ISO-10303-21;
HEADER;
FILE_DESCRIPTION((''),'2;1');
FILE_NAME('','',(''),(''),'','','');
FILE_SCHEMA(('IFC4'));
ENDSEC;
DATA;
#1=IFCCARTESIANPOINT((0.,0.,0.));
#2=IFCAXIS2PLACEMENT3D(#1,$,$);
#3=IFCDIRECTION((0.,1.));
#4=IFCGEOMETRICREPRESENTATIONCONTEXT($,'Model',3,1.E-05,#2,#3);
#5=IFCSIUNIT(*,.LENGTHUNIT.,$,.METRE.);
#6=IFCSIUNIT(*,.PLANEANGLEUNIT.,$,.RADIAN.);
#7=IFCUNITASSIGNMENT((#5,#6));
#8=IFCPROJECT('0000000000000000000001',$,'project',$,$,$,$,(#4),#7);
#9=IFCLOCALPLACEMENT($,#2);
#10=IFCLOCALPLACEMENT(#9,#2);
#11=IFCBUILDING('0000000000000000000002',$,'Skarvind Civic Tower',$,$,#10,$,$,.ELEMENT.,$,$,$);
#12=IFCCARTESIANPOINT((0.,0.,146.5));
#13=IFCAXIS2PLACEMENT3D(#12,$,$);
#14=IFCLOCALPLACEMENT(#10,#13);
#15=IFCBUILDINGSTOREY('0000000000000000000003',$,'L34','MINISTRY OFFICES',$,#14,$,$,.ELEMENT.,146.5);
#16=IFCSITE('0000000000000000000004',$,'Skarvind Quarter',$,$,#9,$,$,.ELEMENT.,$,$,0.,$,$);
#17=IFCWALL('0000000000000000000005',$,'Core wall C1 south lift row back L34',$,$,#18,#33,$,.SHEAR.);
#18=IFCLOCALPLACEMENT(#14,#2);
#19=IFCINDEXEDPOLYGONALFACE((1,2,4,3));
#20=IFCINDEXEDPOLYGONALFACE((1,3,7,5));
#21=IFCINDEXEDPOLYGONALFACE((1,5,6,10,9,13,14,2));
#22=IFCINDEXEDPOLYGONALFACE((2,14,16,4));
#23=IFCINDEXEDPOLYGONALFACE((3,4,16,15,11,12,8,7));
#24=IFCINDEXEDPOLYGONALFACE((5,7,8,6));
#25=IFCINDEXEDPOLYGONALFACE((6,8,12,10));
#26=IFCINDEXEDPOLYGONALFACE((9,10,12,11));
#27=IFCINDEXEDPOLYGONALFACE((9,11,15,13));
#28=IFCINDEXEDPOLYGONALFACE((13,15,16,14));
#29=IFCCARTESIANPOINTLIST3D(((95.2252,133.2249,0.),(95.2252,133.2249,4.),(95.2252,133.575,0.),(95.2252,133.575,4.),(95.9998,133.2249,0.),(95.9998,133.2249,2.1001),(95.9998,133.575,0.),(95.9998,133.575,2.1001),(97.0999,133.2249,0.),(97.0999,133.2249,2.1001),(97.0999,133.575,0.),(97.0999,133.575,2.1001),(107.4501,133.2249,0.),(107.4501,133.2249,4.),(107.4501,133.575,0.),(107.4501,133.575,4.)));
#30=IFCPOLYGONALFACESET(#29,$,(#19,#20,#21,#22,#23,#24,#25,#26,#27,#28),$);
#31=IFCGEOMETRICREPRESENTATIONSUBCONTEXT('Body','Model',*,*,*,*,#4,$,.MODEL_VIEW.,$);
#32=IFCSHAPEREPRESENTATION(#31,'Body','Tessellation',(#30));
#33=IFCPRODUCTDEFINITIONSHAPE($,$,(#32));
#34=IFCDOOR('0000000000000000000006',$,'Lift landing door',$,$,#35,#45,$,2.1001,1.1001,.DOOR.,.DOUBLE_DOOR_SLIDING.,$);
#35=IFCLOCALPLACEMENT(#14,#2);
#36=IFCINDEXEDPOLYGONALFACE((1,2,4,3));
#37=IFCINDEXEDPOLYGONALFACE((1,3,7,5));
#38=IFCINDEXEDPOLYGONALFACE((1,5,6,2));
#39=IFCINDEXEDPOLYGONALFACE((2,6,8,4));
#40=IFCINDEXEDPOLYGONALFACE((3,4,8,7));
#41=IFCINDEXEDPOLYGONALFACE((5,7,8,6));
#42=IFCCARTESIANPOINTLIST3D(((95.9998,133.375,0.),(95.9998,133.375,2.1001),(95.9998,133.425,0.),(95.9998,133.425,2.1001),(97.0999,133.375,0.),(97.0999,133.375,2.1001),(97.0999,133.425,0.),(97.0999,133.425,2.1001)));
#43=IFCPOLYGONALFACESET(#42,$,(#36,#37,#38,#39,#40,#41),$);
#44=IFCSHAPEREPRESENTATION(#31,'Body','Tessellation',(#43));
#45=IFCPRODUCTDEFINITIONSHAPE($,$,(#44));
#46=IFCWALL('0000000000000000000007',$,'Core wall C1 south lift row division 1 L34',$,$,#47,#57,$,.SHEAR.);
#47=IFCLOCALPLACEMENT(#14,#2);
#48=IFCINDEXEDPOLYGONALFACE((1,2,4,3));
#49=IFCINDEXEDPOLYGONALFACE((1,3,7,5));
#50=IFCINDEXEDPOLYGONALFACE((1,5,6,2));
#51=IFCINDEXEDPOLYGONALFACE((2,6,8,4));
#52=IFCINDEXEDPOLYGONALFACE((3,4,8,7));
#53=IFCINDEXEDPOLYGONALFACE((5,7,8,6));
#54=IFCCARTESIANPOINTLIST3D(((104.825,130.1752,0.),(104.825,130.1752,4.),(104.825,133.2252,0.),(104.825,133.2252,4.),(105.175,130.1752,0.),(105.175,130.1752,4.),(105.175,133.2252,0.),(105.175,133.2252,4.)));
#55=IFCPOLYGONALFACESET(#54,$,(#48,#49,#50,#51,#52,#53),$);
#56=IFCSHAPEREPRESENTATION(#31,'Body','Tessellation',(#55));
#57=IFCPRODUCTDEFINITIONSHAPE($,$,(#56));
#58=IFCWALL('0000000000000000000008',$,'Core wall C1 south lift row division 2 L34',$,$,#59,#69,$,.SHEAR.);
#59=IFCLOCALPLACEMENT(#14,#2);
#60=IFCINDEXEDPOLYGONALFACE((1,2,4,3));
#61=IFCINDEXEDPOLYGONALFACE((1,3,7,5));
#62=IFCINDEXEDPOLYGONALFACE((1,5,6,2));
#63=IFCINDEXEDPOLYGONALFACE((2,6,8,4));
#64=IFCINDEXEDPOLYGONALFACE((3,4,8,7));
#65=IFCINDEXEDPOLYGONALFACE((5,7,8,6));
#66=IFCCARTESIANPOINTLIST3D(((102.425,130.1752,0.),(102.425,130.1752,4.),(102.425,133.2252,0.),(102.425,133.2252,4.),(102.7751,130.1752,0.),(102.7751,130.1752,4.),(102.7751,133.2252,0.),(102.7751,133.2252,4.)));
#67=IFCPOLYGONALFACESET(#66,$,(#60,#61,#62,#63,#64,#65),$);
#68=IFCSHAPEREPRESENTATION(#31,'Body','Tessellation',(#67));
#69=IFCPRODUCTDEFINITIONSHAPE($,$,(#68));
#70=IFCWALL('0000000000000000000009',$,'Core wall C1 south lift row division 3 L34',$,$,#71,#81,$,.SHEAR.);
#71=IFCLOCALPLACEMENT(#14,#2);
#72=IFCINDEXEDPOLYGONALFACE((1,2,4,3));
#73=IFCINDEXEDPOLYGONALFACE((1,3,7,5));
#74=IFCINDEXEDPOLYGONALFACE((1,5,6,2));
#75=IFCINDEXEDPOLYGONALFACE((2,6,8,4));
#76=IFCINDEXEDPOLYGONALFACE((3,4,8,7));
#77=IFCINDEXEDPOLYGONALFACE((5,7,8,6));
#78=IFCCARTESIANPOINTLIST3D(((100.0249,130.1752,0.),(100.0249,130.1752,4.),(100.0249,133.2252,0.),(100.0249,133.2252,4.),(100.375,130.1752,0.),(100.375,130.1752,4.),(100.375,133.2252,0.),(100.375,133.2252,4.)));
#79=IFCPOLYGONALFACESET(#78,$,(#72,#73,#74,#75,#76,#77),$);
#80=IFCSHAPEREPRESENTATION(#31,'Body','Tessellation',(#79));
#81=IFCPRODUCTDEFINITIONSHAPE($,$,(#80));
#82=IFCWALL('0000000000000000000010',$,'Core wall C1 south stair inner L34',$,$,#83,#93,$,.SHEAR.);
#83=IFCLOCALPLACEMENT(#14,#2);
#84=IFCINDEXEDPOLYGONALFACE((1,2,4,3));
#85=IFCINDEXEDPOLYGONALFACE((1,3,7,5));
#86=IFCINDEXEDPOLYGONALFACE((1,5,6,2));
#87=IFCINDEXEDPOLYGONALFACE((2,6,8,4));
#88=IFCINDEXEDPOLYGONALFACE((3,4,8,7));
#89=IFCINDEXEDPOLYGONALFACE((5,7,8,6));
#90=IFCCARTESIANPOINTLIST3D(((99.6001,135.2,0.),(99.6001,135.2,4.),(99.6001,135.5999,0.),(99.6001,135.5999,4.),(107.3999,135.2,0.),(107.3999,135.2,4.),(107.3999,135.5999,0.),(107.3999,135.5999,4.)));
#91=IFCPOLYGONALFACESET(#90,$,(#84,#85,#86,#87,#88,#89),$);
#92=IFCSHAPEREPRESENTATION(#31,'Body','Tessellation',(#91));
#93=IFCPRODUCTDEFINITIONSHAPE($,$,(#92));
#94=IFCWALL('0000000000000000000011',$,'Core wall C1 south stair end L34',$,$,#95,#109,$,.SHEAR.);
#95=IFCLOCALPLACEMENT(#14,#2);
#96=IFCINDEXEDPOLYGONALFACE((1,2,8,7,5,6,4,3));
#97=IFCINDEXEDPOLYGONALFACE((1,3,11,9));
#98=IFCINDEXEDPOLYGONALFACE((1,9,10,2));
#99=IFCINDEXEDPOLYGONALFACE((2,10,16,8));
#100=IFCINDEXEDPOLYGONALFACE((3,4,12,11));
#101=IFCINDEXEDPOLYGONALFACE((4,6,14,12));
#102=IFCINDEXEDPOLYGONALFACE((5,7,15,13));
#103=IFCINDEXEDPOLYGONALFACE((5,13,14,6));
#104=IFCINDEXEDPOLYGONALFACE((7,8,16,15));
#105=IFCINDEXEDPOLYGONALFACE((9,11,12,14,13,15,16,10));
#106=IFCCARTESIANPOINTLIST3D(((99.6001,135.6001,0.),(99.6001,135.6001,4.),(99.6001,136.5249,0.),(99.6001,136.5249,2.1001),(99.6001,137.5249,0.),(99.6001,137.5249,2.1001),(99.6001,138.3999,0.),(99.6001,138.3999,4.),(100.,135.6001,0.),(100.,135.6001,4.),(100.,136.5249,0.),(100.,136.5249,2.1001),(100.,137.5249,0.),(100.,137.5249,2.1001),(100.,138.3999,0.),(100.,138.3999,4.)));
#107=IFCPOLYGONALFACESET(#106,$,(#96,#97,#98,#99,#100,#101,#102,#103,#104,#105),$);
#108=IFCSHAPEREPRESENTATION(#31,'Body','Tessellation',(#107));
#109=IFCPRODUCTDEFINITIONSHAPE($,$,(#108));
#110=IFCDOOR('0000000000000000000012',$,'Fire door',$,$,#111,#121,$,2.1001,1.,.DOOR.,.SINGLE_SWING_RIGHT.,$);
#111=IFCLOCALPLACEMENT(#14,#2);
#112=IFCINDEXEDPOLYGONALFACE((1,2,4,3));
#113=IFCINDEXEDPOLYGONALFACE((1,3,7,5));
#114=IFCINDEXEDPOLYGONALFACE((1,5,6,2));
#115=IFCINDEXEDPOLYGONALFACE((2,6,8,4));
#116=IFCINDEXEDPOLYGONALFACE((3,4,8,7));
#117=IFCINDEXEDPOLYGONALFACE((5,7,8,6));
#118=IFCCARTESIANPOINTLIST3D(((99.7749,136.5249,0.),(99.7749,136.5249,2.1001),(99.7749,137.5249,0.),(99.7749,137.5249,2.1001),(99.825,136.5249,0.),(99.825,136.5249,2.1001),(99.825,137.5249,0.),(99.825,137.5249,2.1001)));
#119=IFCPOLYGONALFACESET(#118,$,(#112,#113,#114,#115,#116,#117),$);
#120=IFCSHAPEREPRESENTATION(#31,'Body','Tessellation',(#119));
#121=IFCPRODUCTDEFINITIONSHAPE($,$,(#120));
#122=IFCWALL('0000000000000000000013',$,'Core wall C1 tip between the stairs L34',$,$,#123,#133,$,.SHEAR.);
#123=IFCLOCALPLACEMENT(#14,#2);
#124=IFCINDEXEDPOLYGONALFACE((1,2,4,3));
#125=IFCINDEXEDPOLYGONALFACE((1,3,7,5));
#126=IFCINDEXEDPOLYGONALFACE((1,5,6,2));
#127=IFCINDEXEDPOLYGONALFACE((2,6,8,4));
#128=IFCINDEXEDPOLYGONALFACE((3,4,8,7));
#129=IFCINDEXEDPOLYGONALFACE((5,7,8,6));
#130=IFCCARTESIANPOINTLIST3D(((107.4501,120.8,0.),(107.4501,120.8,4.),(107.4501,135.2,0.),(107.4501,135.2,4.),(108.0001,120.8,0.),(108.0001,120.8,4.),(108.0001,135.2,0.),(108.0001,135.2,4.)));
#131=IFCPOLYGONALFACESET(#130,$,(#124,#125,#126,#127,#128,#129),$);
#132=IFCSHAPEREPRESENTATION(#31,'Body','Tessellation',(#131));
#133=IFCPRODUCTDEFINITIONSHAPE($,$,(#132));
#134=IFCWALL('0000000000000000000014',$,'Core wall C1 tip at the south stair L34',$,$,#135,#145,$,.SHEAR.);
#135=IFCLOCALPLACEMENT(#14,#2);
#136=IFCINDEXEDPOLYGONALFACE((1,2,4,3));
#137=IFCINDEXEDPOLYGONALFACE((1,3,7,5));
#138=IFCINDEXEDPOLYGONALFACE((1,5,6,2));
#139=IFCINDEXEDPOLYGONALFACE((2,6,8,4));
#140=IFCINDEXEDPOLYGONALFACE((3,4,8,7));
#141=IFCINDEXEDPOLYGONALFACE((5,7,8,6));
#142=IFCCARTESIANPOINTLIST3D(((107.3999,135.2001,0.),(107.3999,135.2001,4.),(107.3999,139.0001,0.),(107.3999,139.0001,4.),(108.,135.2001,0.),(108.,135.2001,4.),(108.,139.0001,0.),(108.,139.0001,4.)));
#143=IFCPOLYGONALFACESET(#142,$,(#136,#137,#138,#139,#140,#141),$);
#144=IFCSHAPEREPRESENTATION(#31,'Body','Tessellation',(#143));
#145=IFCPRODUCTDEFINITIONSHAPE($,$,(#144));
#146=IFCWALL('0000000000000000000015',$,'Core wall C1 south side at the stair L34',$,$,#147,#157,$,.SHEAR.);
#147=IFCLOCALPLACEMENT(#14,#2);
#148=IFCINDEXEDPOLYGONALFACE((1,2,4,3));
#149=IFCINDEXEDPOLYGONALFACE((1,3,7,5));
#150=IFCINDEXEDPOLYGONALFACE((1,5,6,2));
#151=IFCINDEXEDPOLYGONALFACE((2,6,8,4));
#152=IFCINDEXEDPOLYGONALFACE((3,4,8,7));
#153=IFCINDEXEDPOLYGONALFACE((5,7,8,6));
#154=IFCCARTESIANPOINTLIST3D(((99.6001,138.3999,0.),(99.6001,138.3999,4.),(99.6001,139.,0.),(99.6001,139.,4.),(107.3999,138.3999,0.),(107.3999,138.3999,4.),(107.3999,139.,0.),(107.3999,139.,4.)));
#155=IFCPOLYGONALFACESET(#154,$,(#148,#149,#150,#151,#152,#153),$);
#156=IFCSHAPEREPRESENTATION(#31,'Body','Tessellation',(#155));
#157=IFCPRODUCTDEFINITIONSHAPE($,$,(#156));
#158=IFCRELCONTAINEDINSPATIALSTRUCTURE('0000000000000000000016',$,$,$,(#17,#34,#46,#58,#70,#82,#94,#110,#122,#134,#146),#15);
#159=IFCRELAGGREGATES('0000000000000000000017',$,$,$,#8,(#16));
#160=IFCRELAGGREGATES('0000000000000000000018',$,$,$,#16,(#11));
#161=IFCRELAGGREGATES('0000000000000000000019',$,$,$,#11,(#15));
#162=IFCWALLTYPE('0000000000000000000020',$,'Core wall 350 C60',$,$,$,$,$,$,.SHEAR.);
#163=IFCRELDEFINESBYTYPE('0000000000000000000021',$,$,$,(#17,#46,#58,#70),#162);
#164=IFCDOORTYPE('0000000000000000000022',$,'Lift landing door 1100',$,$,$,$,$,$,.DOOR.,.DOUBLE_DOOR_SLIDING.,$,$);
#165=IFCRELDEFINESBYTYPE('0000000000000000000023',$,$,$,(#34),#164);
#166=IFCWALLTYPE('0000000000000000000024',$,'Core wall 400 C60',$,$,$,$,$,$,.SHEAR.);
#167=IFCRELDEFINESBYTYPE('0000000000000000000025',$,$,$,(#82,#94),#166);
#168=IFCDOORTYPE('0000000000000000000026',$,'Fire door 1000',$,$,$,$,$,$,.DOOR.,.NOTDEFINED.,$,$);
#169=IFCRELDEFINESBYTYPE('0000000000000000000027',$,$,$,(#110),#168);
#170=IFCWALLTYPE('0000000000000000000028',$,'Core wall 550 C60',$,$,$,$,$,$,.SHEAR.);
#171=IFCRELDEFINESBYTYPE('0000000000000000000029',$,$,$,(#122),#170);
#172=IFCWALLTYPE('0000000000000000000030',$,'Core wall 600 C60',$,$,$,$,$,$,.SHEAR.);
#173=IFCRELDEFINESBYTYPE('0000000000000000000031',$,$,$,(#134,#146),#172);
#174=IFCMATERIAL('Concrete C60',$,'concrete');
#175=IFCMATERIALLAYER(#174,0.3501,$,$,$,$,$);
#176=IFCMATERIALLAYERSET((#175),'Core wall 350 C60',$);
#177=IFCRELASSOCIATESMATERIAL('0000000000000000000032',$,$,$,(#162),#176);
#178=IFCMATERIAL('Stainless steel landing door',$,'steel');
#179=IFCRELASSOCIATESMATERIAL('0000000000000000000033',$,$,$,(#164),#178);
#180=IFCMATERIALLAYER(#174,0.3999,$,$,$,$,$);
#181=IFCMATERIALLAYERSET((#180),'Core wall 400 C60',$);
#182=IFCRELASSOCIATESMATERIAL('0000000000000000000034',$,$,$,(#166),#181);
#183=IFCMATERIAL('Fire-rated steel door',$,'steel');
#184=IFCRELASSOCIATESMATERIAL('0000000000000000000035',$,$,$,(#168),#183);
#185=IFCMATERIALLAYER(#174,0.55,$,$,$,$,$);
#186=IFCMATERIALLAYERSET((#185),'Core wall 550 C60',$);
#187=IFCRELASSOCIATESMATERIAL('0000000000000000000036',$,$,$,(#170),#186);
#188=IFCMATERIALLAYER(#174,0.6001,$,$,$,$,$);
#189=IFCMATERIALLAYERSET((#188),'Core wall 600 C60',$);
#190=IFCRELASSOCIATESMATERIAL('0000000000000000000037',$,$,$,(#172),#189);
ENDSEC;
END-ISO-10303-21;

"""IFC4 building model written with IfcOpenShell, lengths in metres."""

from ifc_helpers import new_model, si_unit, direction, frame, frame_2d, origin, place, context, subcontext, project, spatial, rectangle, extrude, material, layer, layer_set, type_object, element, fill, save


model = new_model("IFC4")

# Units and contexts
model_context = context("Model", 3, precision=1e-05, world=origin(), true_north=direction((0.0, 1.0)))
body_context = subcontext(model_context, "Body", "Model", "MODEL_VIEW")
ifc_project = project(units=[si_unit("LENGTHUNIT", "METRE"), si_unit("PLANEANGLEUNIT", "RADIAN")], contexts=[model_context])

# Site, building, storey
site_placement = place(None, origin())
site = spatial("IfcSite", under=ifc_project, at=site_placement, Name="Skarvind Quarter", CompositionType="ELEMENT", RefElevation=0.0)
building_placement = place(site_placement, origin())
building = spatial("IfcBuilding", under=site, at=building_placement, Name="Skarvind Civic Tower", CompositionType="ELEMENT")
storey_placement = place(building_placement, frame((0.0, 0.0, 146.5)))
storey = spatial("IfcBuildingStorey", under=building, at=storey_placement, Name="L34", Description="MINISTRY OFFICES", CompositionType="ELEMENT", Elevation=146.5)

# Wall, opening, door
ifc_material_1 = material(Name="Concrete C60", Category="concrete")
ifc_layer_1 = layer(ifc_material_1, 0.3501)
ifc_layer_set_1 = layer_set([ifc_layer_1], Name="Core wall 350 C60")
wall_type_1 = type_object("IfcWallType", Name="Core wall 350 C60", PredefinedType="SHEAR", material=ifc_layer_set_1)
wall_1_placement = place(storey_placement, frame((107.45, 133.3999, 0.0), z_axis=(0.0, 0.0, 1.0), x_axis=(-1.0, 0.0, 0.0)))
wall_1 = element("IfcWall", 1, at=wall_1_placement, inside=storey, type_object=wall_type_1, Name="Core wall C1 south lift row back L34", PredefinedType="SHEAR", context=body_context, shape_type="SweptSolid", body=[
    extrude(rectangle(XDim=12.2249, YDim=0.3501, at=frame_2d((6.1123, 0.0))), origin(), (0.0, 0.0, 1.0), 4.0),
])
opening_1_placement = place(wall_1_placement, frame((10.3501, 0.0, 0.0)))
opening_1 = element("IfcOpeningElement", 2, at=opening_1_placement, cuts=wall_1, PredefinedType="OPENING", context=body_context, shape_type="SweptSolid", body=[
    extrude(rectangle(XDim=1.1001, YDim=2.1001, at=frame_2d((0.55, 1.05))), frame((0.0, 0.1851, 0.0), z_axis=(0.0, -1.0, 0.0), x_axis=(1.0, 0.0, 0.0)), (0.0, 0.0, 1.0), 0.3701),
])
ifc_material_2 = material(Name="Stainless steel landing door", Category="steel")
door_type_1 = type_object("IfcDoorType", Name="Lift landing door 1100", OperationType="DOUBLE_DOOR_SLIDING", PredefinedType="DOOR", material=ifc_material_2)
door_1_placement = place(opening_1_placement, origin())
door_1 = element("IfcDoor", 3, at=door_1_placement, inside=storey, type_object=door_type_1, Name="Lift landing door", OperationType="DOUBLE_DOOR_SLIDING", OverallHeight=2.1001, OverallWidth=1.1001, PredefinedType="DOOR", context=body_context, shape_type="SweptSolid", body=[
    extrude(rectangle(XDim=1.1001, YDim=2.1001, at=frame_2d((0.55, 1.05))), frame((0.0, 0.0249, 0.0), z_axis=(0.0, -1.0, 0.0), x_axis=(1.0, 0.0, 0.0)), (0.0, 0.0, 1.0), 0.05),
])
fill(opening_1, door_1)

# Walls
for number, where, z_axis, x_axis, name in (
    (4, (105.0, 133.2251, 0.0), (0.0, 0.0, 1.0), (0.0, -1.0, 0.0), "Core wall C1 south lift row division 1 L34"),
    (5, (102.6001, 133.2251, 0.0), (0.0, 0.0, 1.0), (0.0, -1.0, 0.0), "Core wall C1 south lift row division 2 L34"),
    (6, (100.2, 133.2251, 0.0), (0.0, 0.0, 1.0), (0.0, -1.0, 0.0), "Core wall C1 south lift row division 3 L34"),
):
    element("IfcWall", number, at=place(storey_placement, frame(where, z_axis=z_axis, x_axis=x_axis)), inside=storey, type_object=wall_type_1, Name=name, PredefinedType="SHEAR", context=body_context, shape_type="SweptSolid", body=[
        extrude(rectangle(XDim=3.05, YDim=0.3501, at=frame_2d((1.5249, 0.0))), origin(), (0.0, 0.0, 1.0), 4.0),
    ])
ifc_layer_2 = layer(ifc_material_1, 0.3999)
ifc_layer_set_2 = layer_set([ifc_layer_2], Name="Core wall 400 C60")
wall_type_2 = type_object("IfcWallType", Name="Core wall 400 C60", PredefinedType="SHEAR", material=ifc_layer_set_2)
wall_2_placement = place(storey_placement, frame((107.3999, 135.3999, 0.0), z_axis=(0.0, 0.0, 1.0), x_axis=(-1.0, 0.0, 0.0)))
element("IfcWall", 7, at=wall_2_placement, inside=storey, type_object=wall_type_2, Name="Core wall C1 south stair inner L34", PredefinedType="SHEAR", context=body_context, shape_type="SweptSolid", body=[
    extrude(rectangle(XDim=7.7998, YDim=0.3999, at=frame_2d((3.8999, 0.0))), origin(), (0.0, 0.0, 1.0), 4.0),
])

# Wall, opening, door
wall_3_placement = place(storey_placement, frame((99.8, 138.3999, 0.0), z_axis=(0.0, 0.0, 1.0), x_axis=(0.0, -1.0, 0.0)))
wall_3 = element("IfcWall", 8, at=wall_3_placement, inside=storey, type_object=wall_type_2, Name="Core wall C1 south stair end L34", PredefinedType="SHEAR", context=body_context, shape_type="SweptSolid", body=[
    extrude(rectangle(XDim=2.7998, YDim=0.3999, at=frame_2d((1.3999, 0.0))), origin(), (0.0, 0.0, 1.0), 4.0),
])
opening_2_placement = place(wall_3_placement, frame((0.875, 0.0, 0.0)))
opening_2 = element("IfcOpeningElement", 9, at=opening_2_placement, cuts=wall_3, PredefinedType="OPENING", context=body_context, shape_type="SweptSolid", body=[
    extrude(rectangle(XDim=1.0, YDim=2.1001, at=frame_2d((0.5, 1.05))), frame((0.0, 0.21, 0.0), z_axis=(0.0, -1.0, 0.0), x_axis=(1.0, 0.0, 0.0)), (0.0, 0.0, 1.0), 0.4199),
])
ifc_material_3 = material(Name="Fire-rated steel door", Category="steel")
door_type_2 = type_object("IfcDoorType", Name="Fire door 1000", OperationType="NOTDEFINED", PredefinedType="DOOR", material=ifc_material_3)
door_2_placement = place(opening_2_placement, origin())
door_2 = element("IfcDoor", 10, at=door_2_placement, inside=storey, type_object=door_type_2, Name="Fire door", OperationType="SINGLE_SWING_RIGHT", OverallHeight=2.1001, OverallWidth=1.0, PredefinedType="DOOR", context=body_context, shape_type="SweptSolid", body=[
    extrude(rectangle(XDim=1.0, YDim=2.1001, at=frame_2d((0.5, 1.05))), frame((0.0, 0.0249, 0.0), z_axis=(0.0, -1.0, 0.0), x_axis=(1.0, 0.0, 0.0)), (0.0, 0.0, 1.0), 0.05),
])
fill(opening_2, door_2)

# Walls
ifc_layer_3 = layer(ifc_material_1, 0.55)
ifc_layer_set_3 = layer_set([ifc_layer_3], Name="Core wall 550 C60")
wall_type_3 = type_object("IfcWallType", Name="Core wall 550 C60", PredefinedType="SHEAR", material=ifc_layer_set_3)
wall_4_placement = place(storey_placement, frame((107.7251, 135.2, 0.0), z_axis=(0.0, 0.0, 1.0), x_axis=(0.0, -1.0, 0.0)))
element("IfcWall", 11, at=wall_4_placement, inside=storey, type_object=wall_type_3, Name="Core wall C1 tip between the stairs L34", PredefinedType="SHEAR", context=body_context, shape_type="SweptSolid", body=[
    extrude(rectangle(XDim=14.3999, YDim=0.55, at=frame_2d((7.2, 0.0))), origin(), (0.0, 0.0, 1.0), 4.0),
])
ifc_layer_4 = layer(ifc_material_1, 0.6001)
ifc_layer_set_4 = layer_set([ifc_layer_4], Name="Core wall 600 C60")
wall_type_4 = type_object("IfcWallType", Name="Core wall 600 C60", PredefinedType="SHEAR", material=ifc_layer_set_4)
wall_5_placement = place(storey_placement, frame((107.7, 139.0, 0.0), z_axis=(0.0, 0.0, 1.0), x_axis=(0.0, -1.0, 0.0)))
element("IfcWall", 12, at=wall_5_placement, inside=storey, type_object=wall_type_4, Name="Core wall C1 tip at the south stair L34", PredefinedType="SHEAR", context=body_context, shape_type="SweptSolid", body=[
    extrude(rectangle(XDim=3.8, YDim=0.6001, at=frame_2d((1.8999, 0.0))), origin(), (0.0, 0.0, 1.0), 4.0),
])
wall_6_placement = place(storey_placement, frame((107.3999, 138.7, 0.0), z_axis=(0.0, 0.0, 1.0), x_axis=(-1.0, 0.0, 0.0)))
element("IfcWall", 13, at=wall_6_placement, inside=storey, type_object=wall_type_4, Name="Core wall C1 south side at the stair L34", PredefinedType="SHEAR", context=body_context, shape_type="SweptSolid", body=[
    extrude(rectangle(XDim=7.7998, YDim=0.6001, at=frame_2d((3.8999, 0.0))), origin(), (0.0, 0.0, 1.0), 4.0),
])

save(model, "model.ifc")
